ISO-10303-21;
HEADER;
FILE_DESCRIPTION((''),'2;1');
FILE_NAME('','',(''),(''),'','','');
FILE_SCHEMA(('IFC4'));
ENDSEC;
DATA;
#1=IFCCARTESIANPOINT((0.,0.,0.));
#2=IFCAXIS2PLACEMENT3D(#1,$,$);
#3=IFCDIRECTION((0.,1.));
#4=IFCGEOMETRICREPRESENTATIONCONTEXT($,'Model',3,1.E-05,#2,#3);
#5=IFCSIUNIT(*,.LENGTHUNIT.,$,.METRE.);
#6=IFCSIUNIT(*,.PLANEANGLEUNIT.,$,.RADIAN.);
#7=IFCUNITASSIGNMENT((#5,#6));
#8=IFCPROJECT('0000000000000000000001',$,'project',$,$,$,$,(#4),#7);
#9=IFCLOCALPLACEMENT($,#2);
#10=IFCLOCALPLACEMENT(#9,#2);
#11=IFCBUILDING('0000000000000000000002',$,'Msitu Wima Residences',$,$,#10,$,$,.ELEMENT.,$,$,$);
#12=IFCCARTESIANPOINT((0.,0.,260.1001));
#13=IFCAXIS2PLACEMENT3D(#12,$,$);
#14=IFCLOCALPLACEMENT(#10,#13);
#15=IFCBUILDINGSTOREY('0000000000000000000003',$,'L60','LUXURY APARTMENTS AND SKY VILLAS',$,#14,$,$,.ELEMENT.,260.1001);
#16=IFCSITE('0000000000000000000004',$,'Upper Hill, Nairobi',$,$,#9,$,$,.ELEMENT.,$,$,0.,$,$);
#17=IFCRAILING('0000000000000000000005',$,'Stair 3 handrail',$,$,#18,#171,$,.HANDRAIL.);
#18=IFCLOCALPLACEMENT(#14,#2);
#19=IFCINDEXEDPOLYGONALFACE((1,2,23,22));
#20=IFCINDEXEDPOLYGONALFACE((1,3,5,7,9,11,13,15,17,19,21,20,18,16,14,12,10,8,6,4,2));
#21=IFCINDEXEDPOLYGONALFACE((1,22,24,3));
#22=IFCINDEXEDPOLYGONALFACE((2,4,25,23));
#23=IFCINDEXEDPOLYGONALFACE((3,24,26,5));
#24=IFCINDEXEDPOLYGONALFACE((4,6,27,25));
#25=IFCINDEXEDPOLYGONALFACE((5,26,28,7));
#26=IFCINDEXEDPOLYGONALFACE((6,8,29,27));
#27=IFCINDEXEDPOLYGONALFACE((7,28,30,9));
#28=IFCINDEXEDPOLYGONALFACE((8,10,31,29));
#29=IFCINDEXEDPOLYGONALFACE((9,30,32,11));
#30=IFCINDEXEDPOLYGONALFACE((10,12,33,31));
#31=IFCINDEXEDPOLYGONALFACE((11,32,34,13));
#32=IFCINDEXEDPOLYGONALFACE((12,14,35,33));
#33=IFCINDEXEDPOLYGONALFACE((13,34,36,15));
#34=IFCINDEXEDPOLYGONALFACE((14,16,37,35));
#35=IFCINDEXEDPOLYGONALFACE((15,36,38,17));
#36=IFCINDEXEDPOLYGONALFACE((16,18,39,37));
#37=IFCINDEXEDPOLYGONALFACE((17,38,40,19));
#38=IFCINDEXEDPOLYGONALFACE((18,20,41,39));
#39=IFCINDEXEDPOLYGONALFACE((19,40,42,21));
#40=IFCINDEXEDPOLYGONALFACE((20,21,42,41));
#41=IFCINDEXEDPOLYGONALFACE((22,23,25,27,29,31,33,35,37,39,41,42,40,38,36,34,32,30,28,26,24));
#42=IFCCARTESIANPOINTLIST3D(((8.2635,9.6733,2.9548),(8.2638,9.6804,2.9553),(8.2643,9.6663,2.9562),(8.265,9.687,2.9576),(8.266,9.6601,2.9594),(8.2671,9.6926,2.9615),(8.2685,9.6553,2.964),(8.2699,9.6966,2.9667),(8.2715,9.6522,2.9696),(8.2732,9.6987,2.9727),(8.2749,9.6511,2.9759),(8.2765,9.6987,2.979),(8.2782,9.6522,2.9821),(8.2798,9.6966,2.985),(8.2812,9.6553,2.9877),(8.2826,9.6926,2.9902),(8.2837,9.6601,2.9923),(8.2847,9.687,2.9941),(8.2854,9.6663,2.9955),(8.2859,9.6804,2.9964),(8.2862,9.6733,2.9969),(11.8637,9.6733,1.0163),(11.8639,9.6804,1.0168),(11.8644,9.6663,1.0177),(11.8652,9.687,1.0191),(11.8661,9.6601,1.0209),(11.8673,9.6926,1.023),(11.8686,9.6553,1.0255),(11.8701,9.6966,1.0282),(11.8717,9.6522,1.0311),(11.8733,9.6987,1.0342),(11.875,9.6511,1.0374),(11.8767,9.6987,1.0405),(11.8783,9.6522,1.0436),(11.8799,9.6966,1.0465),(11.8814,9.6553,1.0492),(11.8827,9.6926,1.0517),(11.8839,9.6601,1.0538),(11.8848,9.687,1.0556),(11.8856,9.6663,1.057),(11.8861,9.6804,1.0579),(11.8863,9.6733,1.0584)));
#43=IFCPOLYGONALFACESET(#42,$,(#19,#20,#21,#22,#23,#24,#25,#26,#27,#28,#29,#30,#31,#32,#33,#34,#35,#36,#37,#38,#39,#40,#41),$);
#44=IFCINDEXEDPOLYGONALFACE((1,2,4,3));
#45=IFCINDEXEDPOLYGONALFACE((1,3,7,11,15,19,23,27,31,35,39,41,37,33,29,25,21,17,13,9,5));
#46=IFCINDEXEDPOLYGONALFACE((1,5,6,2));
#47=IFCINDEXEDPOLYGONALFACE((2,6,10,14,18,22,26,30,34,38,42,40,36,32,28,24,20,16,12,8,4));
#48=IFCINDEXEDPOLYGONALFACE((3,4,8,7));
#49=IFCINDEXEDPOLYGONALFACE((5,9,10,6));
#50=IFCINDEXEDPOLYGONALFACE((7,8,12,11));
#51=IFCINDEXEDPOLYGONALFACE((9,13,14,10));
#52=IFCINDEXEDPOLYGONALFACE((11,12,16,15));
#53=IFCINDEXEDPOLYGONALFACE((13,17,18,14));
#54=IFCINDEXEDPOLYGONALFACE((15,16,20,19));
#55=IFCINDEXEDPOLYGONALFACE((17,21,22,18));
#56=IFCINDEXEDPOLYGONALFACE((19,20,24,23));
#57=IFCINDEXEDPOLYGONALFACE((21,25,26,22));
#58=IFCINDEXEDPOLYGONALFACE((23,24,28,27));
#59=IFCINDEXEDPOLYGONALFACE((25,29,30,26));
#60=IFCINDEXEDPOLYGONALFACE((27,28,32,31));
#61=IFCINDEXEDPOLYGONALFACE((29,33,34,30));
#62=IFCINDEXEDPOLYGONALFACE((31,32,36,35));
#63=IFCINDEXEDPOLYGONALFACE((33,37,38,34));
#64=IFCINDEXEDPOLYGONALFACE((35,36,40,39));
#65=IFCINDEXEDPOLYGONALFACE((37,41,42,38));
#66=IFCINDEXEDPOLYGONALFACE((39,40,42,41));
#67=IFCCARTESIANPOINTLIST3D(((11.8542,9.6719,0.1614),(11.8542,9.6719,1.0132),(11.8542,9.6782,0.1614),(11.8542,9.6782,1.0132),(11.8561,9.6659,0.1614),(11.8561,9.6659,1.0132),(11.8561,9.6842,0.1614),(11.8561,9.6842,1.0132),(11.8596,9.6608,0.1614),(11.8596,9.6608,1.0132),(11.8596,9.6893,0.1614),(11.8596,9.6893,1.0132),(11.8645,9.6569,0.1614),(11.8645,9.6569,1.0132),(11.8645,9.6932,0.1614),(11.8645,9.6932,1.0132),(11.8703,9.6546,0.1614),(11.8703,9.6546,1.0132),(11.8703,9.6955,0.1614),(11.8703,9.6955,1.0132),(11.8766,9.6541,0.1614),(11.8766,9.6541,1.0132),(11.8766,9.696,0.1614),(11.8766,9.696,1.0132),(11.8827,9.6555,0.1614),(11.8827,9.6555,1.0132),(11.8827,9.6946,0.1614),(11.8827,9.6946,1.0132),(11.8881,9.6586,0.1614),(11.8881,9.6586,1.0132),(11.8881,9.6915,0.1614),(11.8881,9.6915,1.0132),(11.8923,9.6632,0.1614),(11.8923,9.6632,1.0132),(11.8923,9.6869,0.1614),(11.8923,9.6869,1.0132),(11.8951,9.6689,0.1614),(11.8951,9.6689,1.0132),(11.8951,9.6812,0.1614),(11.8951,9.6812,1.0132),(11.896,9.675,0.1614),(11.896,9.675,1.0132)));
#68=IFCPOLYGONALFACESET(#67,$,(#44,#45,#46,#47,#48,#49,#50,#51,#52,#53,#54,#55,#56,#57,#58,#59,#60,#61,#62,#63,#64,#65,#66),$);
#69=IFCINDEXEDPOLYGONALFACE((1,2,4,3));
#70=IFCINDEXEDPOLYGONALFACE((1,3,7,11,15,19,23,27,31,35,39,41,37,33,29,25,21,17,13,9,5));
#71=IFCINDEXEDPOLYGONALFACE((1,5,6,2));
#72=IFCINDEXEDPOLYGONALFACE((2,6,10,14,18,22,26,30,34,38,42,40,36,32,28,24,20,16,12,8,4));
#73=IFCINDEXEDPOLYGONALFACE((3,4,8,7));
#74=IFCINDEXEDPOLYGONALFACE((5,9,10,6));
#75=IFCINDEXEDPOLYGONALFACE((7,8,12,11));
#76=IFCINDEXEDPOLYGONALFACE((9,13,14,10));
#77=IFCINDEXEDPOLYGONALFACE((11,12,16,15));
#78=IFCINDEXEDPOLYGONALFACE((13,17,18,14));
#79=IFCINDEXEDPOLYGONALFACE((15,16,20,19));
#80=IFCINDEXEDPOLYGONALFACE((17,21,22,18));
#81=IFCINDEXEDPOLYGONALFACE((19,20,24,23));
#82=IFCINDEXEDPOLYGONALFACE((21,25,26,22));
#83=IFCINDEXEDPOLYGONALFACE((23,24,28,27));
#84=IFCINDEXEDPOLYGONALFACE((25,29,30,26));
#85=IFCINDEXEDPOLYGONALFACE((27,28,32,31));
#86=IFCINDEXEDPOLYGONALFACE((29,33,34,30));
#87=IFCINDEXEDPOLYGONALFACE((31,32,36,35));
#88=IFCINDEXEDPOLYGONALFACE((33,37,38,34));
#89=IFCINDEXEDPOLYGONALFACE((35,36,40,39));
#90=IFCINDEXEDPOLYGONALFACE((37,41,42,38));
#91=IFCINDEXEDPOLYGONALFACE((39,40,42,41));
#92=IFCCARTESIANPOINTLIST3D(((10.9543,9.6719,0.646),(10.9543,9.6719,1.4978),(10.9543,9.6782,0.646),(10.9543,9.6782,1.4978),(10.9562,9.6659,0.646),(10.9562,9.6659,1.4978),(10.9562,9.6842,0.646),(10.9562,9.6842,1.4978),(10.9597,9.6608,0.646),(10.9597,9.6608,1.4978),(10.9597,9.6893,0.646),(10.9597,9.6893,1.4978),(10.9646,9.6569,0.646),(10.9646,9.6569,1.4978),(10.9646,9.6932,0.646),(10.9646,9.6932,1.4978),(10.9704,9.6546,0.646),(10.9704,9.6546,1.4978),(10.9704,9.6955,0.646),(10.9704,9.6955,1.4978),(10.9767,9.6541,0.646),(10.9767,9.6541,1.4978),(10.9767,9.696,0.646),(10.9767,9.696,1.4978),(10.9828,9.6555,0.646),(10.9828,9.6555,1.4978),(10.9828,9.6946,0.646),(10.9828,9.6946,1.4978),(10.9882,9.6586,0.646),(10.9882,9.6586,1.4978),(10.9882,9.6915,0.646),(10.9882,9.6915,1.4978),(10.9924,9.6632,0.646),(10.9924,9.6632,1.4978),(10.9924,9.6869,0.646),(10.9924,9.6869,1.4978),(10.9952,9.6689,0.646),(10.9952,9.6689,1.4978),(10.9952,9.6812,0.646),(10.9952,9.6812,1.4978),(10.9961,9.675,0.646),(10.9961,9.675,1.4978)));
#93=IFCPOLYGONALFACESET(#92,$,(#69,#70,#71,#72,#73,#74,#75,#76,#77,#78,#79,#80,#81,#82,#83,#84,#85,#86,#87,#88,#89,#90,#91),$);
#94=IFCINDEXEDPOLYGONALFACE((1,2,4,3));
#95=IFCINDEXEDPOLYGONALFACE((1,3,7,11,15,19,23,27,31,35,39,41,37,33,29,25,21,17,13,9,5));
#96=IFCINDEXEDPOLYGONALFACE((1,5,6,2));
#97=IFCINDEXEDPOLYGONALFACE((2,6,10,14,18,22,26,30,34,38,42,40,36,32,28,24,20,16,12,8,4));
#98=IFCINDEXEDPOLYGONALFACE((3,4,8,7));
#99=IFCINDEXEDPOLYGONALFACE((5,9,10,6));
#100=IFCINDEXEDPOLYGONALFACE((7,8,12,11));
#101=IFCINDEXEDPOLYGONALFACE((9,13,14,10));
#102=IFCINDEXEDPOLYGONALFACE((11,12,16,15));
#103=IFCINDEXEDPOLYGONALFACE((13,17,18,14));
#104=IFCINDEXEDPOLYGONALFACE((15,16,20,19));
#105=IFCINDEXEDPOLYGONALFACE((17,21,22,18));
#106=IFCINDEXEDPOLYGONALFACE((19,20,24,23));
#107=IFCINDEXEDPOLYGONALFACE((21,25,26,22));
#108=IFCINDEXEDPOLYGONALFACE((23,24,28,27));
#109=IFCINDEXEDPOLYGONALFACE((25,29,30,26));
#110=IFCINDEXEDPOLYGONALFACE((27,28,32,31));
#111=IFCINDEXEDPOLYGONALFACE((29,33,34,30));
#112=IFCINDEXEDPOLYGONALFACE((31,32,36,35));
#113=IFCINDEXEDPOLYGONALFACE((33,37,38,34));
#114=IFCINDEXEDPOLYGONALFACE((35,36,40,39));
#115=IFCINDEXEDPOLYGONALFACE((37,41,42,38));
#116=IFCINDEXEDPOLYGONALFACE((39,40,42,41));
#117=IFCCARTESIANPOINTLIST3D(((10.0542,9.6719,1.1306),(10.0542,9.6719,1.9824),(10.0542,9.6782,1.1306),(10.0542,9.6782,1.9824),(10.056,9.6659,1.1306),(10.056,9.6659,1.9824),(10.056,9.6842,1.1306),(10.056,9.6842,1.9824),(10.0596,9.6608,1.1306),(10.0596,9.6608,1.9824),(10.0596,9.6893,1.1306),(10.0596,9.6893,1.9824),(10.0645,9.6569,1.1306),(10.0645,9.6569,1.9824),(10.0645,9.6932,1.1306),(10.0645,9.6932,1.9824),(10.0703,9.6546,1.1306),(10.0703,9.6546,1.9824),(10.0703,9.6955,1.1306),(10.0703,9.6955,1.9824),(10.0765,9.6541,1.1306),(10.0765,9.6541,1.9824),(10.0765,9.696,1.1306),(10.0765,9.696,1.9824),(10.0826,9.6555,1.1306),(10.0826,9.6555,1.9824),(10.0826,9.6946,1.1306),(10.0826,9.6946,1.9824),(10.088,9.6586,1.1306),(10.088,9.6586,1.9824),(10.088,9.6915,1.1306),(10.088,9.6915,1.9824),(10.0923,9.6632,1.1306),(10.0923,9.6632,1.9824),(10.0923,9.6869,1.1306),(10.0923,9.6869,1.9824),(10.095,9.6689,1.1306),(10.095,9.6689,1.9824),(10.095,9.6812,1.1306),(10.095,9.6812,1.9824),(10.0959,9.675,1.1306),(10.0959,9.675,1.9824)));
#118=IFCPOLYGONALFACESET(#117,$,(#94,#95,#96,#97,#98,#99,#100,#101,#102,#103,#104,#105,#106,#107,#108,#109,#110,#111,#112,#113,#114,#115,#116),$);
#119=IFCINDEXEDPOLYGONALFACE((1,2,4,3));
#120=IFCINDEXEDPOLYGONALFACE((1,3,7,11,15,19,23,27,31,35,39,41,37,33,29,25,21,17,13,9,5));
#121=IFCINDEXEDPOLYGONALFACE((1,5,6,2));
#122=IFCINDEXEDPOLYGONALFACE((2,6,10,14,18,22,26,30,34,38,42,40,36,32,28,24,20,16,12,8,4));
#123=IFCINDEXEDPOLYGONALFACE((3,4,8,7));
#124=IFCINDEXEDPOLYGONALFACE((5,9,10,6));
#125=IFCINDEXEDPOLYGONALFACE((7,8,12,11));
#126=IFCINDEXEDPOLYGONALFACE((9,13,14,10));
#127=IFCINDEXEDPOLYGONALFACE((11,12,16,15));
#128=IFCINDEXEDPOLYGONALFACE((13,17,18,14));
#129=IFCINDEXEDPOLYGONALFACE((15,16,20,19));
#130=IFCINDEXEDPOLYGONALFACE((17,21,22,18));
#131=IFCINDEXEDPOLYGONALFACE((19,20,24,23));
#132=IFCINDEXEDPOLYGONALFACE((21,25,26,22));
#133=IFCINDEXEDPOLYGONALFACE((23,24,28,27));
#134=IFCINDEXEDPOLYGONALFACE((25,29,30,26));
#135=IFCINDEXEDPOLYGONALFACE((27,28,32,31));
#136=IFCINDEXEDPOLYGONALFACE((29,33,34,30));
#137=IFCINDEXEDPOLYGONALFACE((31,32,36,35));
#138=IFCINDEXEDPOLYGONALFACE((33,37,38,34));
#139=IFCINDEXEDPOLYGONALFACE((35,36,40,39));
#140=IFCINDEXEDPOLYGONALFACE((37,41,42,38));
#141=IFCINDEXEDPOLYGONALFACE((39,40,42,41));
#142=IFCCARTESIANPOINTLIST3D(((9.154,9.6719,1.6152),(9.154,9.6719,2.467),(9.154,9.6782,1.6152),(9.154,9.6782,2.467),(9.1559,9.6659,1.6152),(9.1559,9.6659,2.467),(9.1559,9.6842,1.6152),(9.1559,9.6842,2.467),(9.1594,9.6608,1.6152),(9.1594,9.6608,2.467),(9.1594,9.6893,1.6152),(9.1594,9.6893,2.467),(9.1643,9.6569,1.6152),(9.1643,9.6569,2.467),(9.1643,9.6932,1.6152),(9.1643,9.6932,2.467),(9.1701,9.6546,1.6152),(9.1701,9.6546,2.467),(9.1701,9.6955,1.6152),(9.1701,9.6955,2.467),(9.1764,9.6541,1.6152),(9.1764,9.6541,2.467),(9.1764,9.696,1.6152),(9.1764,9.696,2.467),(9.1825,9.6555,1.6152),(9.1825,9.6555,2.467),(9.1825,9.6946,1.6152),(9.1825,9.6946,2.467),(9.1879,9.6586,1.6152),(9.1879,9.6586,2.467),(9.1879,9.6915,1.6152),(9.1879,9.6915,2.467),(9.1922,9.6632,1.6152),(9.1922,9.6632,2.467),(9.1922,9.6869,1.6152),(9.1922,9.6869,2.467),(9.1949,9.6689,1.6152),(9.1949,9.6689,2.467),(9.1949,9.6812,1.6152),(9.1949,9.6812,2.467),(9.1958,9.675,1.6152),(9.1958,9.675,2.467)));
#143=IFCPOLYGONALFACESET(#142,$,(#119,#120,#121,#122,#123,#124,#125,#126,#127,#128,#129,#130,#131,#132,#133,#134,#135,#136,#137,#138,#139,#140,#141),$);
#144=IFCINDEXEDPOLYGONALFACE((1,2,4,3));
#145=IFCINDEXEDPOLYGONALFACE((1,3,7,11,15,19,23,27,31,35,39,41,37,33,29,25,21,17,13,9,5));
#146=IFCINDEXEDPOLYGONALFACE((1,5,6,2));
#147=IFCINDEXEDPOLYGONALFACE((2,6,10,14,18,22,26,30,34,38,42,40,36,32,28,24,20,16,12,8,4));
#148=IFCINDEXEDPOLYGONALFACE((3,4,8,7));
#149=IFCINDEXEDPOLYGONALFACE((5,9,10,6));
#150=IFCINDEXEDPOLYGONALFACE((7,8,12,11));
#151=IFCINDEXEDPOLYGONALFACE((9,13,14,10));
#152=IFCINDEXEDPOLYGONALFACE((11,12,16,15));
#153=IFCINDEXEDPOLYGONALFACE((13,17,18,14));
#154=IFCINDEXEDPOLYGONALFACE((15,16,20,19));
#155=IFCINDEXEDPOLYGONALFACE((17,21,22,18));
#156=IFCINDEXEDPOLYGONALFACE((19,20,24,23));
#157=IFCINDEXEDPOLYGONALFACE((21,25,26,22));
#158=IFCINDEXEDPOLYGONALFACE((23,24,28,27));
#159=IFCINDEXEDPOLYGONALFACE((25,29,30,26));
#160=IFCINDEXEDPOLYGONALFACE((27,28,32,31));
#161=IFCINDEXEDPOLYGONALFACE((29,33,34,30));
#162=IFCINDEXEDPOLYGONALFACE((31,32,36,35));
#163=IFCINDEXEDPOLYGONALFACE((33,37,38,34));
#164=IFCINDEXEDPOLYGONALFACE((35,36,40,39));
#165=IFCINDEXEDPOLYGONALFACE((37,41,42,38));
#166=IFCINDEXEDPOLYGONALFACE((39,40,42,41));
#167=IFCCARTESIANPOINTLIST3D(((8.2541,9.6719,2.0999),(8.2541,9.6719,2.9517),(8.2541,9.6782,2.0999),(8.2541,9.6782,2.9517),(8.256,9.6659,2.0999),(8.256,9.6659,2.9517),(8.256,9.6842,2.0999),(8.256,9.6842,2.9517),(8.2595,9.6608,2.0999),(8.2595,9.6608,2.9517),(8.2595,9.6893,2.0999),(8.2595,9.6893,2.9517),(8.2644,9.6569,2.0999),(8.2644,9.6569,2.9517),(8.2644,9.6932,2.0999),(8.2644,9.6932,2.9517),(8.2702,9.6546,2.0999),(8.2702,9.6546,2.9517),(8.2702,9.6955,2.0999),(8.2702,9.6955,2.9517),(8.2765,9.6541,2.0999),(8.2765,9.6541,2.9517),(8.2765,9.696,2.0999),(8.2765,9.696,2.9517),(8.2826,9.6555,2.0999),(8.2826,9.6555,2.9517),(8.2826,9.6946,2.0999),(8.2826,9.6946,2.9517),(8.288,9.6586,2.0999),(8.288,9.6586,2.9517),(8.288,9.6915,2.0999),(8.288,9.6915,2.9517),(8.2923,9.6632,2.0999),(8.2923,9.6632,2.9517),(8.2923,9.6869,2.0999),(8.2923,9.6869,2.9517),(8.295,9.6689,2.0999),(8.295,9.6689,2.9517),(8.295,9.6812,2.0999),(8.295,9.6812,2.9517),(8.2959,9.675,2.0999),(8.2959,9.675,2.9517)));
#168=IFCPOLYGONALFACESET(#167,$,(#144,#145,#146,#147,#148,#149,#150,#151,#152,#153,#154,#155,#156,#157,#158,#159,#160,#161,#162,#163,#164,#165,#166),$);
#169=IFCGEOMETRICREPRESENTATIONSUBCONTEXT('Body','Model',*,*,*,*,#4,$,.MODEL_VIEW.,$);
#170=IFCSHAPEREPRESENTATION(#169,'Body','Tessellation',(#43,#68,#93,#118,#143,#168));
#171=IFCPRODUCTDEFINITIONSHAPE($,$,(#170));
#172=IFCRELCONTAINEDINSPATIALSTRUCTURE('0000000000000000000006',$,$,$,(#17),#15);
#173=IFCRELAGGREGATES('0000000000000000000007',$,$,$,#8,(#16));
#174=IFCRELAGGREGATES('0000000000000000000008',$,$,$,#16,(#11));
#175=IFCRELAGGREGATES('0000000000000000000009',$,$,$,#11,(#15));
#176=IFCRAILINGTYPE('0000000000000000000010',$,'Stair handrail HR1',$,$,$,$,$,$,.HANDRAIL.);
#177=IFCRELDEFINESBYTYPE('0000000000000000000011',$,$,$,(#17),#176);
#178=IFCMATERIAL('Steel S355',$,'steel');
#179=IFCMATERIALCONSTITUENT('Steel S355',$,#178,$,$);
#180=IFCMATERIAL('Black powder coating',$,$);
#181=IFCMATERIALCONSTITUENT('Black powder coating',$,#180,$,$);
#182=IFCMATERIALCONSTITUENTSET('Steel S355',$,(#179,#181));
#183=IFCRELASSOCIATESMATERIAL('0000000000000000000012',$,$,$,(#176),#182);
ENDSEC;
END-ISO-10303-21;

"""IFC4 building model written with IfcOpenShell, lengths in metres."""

from ifc_helpers import new_model, si_unit, direction, frame, origin, origin_2d, place, context, subcontext, project, spatial, circle, extrude, material, constituent, constituent_set, type_object, element, save


model = new_model("IFC4")

# Units and contexts
model_context = context("Model", 3, precision=1e-05, world=origin(), true_north=direction((0.0, 1.0)))
body_context = subcontext(model_context, "Body", "Model", "MODEL_VIEW")
ifc_project = project(units=[si_unit("LENGTHUNIT", "METRE"), si_unit("PLANEANGLEUNIT", "RADIAN")], contexts=[model_context])

# Site, building, storey
site_placement = place(None, origin())
site = spatial("IfcSite", under=ifc_project, at=site_placement, Name="Upper Hill, Nairobi", CompositionType="ELEMENT", RefElevation=0.0)
building_placement = place(site_placement, origin())
building = spatial("IfcBuilding", under=site, at=building_placement, Name="Msitu Wima Residences", CompositionType="ELEMENT")
storey_placement = place(building_placement, frame((0.0, 0.0, 260.1001)))
storey = spatial("IfcBuildingStorey", under=building, at=storey_placement, Name="L60", Description="LUXURY APARTMENTS AND SKY VILLAS", CompositionType="ELEMENT", Elevation=260.1001)

# Railing
ifc_material_1 = material(Name="Steel S355", Category="steel")
ifc_constituent_1 = constituent(ifc_material_1, Name="Steel S355")
ifc_material_2 = material(Name="Black powder coating")
ifc_constituent_2 = constituent(ifc_material_2, Name="Black powder coating")
ifc_constituent_set = constituent_set(constituents=[ifc_constituent_1, ifc_constituent_2], Name="Steel S355")
railing_type = type_object("IfcRailingType", Name="Stair handrail HR1", PredefinedType="HANDRAIL", material=ifc_constituent_set)
for number, where, name in (
    (1, (11.875, 9.675, 0.1614), "Stair 3 handrail"),
):
    element("IfcRailing", number, at=place(storey_placement, frame(where)), inside=storey, type_object=railing_type, Name=name, PredefinedType="HANDRAIL", context=body_context, shape_type="SweptSolid", body=[
        extrude(circle(Radius=0.0239, at=origin_2d()), frame((0.0, 0.0, 0.876), z_axis=(-0.880475, 0.0, 0.474093), x_axis=(0.0, -1.0, 0.0)), (0.0, 0.0, 1.0), 4.0889),
        extrude(circle(Radius=0.021, at=origin_2d()), origin(), (0.0, 0.0, 1.0), 0.8518),
        extrude(circle(Radius=0.021, at=origin_2d()), frame((-0.8999, 0.0, 0.4846)), (0.0, 0.0, 1.0), 0.8518),
        extrude(circle(Radius=0.021, at=origin_2d()), frame((-1.8, 0.0, 0.9692)), (0.0, 0.0, 1.0), 0.8518),
        extrude(circle(Radius=0.021, at=origin_2d()), frame((-2.7002, 0.0, 1.4539)), (0.0, 0.0, 1.0), 0.8518),
        extrude(circle(Radius=0.021, at=origin_2d()), frame((-3.6001, 0.0, 1.9385)), (0.0, 0.0, 1.0), 0.8518),
    ])

save(model, "model.ifc")
